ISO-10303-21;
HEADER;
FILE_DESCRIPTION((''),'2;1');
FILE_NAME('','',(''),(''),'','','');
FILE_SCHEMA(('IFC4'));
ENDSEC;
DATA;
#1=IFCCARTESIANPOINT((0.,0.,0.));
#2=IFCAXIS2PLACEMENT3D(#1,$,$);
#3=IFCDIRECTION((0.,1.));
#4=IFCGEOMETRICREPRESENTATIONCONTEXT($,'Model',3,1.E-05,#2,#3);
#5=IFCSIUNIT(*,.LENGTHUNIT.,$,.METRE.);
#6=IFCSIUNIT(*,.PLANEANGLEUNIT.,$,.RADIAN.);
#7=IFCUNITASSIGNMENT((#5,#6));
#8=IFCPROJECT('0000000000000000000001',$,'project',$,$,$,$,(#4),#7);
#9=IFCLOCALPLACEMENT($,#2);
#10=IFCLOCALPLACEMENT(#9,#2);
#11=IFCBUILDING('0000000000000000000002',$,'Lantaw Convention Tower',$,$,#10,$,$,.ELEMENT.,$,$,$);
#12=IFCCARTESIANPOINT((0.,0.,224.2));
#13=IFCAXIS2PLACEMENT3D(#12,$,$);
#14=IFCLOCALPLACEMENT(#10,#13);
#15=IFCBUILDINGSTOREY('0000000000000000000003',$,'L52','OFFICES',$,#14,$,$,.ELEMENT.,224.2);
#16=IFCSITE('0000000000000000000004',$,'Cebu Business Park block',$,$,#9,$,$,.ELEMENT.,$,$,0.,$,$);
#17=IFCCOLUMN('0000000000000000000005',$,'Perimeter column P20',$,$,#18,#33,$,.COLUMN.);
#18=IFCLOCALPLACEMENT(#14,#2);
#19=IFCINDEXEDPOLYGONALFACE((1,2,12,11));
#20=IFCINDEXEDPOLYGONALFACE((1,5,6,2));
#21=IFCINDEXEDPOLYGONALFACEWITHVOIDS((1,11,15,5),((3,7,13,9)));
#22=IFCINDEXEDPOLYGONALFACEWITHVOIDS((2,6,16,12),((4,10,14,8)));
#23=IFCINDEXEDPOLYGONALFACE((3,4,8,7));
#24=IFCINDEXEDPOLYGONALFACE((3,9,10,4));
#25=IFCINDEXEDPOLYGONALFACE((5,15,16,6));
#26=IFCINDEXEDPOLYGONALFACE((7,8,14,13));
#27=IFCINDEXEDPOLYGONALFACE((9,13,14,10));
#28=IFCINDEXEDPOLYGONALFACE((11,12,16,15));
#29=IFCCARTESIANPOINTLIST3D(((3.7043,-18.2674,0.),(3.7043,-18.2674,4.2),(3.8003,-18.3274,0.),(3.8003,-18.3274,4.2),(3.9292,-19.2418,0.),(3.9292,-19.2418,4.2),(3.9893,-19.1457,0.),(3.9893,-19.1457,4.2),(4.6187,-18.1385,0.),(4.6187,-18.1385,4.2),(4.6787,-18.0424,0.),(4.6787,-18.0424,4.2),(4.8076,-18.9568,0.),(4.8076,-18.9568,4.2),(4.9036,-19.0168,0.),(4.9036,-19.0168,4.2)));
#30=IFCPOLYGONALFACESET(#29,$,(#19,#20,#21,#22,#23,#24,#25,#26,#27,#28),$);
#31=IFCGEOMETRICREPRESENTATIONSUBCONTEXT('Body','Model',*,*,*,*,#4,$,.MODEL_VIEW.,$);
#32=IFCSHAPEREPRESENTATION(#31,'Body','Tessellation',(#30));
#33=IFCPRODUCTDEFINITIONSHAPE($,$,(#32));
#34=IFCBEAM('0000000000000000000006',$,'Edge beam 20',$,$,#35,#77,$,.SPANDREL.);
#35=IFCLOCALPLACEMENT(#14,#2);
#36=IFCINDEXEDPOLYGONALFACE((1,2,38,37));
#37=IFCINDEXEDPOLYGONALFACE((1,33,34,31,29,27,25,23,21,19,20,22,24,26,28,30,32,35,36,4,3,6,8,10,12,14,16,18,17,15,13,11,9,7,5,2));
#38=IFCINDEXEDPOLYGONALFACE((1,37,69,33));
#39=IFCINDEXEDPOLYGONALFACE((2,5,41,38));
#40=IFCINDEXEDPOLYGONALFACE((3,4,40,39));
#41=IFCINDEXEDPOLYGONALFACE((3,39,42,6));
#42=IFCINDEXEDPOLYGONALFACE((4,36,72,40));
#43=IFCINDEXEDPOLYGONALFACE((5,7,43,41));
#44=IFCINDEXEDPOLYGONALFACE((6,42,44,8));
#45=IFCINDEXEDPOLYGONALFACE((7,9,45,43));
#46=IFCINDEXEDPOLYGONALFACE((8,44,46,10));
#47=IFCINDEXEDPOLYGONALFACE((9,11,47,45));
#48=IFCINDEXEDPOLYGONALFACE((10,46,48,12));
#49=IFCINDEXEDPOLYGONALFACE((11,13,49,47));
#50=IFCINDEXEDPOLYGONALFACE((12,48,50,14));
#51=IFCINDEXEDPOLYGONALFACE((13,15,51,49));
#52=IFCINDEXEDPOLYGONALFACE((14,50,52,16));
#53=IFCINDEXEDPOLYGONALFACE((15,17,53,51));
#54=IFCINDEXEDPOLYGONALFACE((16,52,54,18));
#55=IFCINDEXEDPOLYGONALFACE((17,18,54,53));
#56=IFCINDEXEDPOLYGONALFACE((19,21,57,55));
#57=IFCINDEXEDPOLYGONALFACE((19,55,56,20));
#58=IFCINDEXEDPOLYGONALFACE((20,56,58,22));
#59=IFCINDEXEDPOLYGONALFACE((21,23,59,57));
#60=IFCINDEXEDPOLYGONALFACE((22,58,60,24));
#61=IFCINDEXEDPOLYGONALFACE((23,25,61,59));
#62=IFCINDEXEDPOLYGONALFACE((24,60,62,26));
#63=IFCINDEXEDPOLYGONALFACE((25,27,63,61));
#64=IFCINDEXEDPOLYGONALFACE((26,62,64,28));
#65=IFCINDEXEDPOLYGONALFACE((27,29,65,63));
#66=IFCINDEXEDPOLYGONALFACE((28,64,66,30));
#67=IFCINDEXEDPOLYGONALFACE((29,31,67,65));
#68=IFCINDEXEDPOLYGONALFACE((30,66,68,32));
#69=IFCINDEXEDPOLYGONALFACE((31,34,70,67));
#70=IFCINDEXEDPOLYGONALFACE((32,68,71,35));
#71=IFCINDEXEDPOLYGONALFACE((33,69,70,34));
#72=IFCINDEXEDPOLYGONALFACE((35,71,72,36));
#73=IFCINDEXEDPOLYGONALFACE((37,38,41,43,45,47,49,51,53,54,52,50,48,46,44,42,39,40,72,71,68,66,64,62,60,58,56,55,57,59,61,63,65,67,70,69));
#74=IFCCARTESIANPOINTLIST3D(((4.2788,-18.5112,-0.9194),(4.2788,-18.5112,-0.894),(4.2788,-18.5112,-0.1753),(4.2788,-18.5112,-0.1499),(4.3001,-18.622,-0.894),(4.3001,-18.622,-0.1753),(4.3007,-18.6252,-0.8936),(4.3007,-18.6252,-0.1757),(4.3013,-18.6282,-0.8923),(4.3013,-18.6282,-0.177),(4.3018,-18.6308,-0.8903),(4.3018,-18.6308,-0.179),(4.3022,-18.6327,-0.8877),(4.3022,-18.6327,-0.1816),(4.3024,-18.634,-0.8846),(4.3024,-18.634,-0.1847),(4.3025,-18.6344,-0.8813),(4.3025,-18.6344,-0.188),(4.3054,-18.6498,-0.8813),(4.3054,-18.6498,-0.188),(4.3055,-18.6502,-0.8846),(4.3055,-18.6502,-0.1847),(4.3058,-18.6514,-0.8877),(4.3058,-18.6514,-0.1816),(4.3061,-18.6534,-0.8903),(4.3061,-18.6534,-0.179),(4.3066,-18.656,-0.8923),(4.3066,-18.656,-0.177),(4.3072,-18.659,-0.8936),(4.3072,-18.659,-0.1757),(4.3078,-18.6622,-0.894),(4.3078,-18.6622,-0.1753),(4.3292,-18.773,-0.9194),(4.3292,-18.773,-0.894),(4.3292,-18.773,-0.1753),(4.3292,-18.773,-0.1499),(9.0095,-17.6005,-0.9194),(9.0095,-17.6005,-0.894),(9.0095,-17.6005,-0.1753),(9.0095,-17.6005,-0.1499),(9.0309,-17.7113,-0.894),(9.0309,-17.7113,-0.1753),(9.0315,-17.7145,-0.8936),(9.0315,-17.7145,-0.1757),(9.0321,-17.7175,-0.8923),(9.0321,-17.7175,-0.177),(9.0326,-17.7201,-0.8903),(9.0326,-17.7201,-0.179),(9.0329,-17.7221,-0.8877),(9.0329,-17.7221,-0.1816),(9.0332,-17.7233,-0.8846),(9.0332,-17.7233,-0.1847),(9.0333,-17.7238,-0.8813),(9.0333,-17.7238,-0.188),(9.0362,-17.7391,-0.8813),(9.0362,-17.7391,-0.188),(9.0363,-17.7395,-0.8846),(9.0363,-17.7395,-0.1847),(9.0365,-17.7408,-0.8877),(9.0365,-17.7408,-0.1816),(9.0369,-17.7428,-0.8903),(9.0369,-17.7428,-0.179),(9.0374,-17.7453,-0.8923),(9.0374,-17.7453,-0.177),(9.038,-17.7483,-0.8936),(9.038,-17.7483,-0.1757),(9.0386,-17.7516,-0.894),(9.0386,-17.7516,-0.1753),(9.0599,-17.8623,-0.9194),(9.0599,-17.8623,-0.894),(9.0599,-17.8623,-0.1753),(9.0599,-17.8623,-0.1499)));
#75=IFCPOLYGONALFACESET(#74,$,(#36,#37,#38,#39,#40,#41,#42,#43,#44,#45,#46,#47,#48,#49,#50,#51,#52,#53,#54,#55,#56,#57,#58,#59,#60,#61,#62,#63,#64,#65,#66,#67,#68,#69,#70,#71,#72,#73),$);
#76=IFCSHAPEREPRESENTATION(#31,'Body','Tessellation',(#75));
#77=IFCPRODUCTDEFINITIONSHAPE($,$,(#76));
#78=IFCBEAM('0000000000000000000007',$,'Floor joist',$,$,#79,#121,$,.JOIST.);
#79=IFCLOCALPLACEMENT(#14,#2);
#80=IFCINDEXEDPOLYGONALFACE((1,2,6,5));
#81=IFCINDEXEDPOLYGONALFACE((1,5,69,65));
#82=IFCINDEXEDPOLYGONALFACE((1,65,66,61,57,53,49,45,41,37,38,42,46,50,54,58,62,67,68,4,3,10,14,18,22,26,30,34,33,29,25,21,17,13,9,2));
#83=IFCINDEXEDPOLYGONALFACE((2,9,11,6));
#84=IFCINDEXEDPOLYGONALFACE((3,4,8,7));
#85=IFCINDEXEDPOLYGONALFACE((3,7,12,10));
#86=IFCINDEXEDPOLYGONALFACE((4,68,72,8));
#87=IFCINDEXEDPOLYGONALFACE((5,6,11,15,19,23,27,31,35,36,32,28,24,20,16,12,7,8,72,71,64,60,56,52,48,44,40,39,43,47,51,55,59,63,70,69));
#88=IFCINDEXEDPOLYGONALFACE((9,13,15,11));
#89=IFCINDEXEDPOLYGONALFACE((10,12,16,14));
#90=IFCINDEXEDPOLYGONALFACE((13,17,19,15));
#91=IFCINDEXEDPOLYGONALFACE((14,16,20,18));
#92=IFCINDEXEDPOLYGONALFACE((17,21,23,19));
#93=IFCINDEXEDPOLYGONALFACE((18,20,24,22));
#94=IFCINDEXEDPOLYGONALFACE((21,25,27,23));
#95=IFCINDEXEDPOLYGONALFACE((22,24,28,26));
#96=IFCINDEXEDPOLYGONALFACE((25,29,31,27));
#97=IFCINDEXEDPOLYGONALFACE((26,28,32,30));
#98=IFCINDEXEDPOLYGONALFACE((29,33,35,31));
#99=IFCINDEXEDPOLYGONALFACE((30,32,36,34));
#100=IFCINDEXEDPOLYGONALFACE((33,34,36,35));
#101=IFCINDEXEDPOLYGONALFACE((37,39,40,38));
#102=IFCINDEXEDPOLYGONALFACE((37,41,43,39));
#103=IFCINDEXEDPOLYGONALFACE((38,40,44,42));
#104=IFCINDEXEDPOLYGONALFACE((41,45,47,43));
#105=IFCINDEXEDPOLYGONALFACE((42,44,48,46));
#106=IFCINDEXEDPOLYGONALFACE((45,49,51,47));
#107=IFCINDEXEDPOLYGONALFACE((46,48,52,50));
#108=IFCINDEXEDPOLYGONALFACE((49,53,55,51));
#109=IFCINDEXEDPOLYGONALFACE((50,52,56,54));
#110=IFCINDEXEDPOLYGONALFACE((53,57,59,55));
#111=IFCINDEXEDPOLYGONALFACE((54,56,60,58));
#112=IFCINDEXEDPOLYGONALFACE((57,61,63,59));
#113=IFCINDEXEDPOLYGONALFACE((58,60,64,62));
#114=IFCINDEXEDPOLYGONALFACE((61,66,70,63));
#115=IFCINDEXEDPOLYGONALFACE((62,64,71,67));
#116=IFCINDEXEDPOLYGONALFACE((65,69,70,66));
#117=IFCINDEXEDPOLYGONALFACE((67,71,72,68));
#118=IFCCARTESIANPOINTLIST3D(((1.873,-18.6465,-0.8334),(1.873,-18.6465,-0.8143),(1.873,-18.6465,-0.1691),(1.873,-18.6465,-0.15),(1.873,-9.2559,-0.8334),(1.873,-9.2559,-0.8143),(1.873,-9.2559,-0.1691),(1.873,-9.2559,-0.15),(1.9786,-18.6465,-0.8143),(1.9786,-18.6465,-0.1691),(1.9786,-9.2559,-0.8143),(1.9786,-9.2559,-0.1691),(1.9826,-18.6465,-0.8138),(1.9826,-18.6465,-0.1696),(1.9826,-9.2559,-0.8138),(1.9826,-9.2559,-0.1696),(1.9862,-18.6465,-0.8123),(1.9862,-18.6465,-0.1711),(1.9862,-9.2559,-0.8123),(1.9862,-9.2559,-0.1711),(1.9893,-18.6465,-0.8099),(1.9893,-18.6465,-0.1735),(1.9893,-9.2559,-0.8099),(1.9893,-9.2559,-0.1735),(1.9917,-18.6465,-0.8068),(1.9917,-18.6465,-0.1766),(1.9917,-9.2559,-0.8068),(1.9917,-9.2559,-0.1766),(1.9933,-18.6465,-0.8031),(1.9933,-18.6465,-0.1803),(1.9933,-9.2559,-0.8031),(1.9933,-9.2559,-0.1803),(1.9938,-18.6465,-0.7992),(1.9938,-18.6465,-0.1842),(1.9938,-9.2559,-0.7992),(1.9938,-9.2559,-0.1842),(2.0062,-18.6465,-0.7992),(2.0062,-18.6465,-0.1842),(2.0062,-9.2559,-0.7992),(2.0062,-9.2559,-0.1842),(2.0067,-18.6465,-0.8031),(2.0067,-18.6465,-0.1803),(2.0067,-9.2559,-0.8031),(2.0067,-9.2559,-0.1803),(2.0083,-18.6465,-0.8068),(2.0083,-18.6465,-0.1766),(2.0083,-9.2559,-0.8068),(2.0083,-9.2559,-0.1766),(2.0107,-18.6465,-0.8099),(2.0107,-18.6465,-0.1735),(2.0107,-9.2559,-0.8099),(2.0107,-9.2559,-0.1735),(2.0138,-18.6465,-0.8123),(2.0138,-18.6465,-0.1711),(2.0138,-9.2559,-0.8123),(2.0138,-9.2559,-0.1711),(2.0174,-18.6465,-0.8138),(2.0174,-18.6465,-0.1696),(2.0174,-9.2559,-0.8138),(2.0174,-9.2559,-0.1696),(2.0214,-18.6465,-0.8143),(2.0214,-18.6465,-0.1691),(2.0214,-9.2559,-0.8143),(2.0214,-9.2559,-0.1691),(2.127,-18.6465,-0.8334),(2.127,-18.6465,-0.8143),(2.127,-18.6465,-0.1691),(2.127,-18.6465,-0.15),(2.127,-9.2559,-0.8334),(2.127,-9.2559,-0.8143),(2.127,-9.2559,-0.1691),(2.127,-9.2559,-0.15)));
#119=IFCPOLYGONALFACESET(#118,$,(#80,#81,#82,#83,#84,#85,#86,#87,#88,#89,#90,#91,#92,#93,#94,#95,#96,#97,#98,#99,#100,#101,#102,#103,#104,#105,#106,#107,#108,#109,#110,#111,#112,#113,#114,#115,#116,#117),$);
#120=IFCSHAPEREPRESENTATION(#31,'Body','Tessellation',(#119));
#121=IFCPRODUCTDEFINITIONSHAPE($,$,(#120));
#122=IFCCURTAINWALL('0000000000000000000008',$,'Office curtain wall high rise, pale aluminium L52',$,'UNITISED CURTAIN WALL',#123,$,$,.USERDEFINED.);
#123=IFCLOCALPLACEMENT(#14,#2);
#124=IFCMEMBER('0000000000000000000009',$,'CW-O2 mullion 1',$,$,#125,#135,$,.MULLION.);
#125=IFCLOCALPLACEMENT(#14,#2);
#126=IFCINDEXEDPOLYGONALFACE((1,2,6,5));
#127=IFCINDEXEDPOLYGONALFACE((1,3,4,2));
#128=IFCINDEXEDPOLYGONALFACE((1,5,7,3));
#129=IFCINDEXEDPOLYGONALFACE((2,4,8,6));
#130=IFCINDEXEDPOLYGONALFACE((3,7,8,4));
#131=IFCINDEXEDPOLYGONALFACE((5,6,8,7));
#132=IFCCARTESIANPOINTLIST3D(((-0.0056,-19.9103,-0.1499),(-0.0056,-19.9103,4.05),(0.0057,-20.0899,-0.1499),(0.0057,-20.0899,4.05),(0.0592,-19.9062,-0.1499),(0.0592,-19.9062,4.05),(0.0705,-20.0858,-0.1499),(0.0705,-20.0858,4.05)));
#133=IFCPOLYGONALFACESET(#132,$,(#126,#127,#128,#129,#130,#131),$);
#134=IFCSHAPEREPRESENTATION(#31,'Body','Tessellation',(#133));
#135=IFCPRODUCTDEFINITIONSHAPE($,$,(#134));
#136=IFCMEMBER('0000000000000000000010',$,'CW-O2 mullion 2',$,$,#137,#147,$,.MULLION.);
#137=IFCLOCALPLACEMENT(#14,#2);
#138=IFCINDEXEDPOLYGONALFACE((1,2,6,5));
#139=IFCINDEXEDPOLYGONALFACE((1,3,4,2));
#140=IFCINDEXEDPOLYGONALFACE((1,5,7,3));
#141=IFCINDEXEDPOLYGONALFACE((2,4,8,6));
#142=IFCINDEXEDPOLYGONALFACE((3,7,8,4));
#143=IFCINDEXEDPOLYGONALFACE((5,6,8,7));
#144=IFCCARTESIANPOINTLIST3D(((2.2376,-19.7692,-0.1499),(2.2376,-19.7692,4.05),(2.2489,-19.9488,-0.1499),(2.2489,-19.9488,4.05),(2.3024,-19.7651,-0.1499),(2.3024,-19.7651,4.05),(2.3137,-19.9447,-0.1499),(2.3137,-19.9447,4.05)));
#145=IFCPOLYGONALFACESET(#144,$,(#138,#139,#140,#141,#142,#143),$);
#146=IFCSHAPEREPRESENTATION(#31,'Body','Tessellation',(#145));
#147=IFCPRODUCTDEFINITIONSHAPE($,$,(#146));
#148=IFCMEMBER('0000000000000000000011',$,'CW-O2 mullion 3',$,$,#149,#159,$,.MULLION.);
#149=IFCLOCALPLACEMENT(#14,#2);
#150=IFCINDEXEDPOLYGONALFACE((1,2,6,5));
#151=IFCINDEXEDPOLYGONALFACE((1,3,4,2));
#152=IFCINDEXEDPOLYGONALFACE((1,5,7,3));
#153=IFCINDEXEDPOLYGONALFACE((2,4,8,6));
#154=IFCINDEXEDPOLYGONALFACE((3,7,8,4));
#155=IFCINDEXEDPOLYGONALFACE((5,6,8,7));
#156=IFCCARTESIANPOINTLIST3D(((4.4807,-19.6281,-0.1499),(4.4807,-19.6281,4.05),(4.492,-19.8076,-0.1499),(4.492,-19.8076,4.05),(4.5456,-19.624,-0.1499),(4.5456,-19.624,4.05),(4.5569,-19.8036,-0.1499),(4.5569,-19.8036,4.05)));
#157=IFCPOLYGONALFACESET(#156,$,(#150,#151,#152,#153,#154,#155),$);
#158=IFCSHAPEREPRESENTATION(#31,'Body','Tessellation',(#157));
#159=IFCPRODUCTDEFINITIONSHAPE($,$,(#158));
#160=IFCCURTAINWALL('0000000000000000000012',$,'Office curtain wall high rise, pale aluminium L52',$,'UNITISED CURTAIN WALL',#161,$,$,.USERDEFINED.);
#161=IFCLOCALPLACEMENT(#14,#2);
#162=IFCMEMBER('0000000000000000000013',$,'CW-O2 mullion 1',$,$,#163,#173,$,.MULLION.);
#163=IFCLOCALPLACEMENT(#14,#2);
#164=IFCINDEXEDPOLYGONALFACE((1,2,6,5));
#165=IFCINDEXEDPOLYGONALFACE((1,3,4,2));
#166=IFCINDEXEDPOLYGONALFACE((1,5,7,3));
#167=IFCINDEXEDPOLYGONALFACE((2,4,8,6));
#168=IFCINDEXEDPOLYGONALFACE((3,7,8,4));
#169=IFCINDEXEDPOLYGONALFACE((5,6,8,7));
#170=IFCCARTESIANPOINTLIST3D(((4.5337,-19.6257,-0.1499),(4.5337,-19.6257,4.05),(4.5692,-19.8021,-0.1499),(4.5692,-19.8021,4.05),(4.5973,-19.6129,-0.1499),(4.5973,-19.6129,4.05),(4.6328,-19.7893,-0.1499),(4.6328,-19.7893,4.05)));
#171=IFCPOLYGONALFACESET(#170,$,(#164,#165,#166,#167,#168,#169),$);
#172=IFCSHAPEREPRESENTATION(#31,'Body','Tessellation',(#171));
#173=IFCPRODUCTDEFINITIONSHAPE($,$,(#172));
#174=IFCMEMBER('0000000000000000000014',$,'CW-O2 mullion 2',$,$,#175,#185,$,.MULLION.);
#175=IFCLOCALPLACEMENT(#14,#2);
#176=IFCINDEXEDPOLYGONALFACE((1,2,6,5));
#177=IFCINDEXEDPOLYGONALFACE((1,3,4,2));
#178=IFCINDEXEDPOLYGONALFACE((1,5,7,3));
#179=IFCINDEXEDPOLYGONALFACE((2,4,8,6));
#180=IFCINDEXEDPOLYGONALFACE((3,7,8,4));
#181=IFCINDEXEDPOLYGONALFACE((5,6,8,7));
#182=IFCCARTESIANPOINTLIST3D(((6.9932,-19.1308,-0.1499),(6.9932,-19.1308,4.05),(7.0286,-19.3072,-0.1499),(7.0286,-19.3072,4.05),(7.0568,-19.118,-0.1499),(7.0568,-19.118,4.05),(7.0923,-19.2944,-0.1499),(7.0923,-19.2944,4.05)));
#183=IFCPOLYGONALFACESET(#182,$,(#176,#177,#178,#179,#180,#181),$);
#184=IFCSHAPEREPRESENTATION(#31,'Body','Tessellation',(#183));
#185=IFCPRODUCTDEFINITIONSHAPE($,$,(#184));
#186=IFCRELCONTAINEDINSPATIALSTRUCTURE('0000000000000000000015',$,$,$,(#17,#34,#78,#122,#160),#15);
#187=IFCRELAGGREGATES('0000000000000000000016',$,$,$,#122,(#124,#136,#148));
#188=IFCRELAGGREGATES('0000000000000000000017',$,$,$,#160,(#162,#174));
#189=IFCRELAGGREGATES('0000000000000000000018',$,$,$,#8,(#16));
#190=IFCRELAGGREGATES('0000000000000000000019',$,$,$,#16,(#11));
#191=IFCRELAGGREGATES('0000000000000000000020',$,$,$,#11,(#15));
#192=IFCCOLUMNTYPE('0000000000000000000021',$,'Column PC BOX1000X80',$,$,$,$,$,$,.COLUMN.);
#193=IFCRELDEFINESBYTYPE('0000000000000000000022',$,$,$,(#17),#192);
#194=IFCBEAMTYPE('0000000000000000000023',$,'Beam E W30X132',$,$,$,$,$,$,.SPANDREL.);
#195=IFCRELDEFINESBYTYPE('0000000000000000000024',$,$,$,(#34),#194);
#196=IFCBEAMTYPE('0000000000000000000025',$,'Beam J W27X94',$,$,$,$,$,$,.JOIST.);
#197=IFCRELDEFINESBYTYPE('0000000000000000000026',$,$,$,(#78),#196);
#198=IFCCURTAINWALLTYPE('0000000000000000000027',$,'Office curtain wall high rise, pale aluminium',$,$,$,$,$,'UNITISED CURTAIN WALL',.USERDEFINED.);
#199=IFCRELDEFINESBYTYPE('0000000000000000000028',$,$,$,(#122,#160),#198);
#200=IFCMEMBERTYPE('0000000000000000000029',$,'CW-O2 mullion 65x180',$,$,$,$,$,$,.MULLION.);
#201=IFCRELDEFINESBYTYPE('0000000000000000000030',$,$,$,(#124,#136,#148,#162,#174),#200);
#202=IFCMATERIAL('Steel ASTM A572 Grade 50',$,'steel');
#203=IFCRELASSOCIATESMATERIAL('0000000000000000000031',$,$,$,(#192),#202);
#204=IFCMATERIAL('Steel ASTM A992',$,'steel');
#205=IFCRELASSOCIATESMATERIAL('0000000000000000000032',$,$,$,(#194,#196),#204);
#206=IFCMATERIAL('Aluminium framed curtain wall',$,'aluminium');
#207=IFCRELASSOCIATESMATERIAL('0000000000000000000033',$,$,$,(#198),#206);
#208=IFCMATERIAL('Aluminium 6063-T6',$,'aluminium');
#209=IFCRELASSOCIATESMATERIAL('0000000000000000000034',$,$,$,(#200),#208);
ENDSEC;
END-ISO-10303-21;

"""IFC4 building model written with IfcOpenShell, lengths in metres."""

from ifc_helpers import new_model, si_unit, direction, frame, origin, origin_2d, place, context, subcontext, project, spatial, rectangle, hollow_rectangle, i_section, extrude, material, material_profile, profile_set, type_object, element, aggregate, save


model = new_model("IFC4")

# Units and contexts
model_context = context("Model", 3, precision=1e-05, world=origin(), true_north=direction((0.0, 1.0)))
body_context = subcontext(model_context, "Body", "Model", "MODEL_VIEW")
ifc_project = project(units=[si_unit("LENGTHUNIT", "METRE"), si_unit("PLANEANGLEUNIT", "RADIAN")], contexts=[model_context])

# Site, building, storey
site_placement = place(None, origin())
site = spatial("IfcSite", under=ifc_project, at=site_placement, Name="Cebu Business Park block", CompositionType="ELEMENT", RefElevation=0.0)
building_placement = place(site_placement, origin())
building = spatial("IfcBuilding", under=site, at=building_placement, Name="Lantaw Convention Tower", CompositionType="ELEMENT")
storey_placement = place(building_placement, frame((0.0, 0.0, 224.2)))
storey = spatial("IfcBuildingStorey", under=building, at=storey_placement, Name="L52", Description="OFFICES", CompositionType="ELEMENT", Elevation=224.2)

# Column
ifc_material_1 = material(Name="Steel ASTM A572 Grade 50", Category="steel")
ifc_material_profile_1 = material_profile(ifc_material_1, hollow_rectangle(XDim=1.0, YDim=1.0, WallThickness=0.0801, at=origin_2d()), Name="BOX1000X80")
ifc_material_2 = material(Name="Concrete C60/75", Category="concrete")
ifc_material_profile_2 = material_profile(ifc_material_2, rectangle(XDim=0.8401, YDim=0.8401, at=origin_2d()), Name="Concrete fill of BOX1000X80")
ifc_profile_set_1 = profile_set([ifc_material_profile_1, ifc_material_profile_2], Name="Steel ASTM A572 Grade 50")
column_type = type_object("IfcColumnType", Name="Column PC BOX1000X80", PredefinedType="COLUMN", material=ifc_profile_set_1)
column_placement = place(storey_placement, frame((4.304, -18.6421, 0.0), z_axis=(0.0, 0.0, 1.0), x_axis=(0.97437, 0.224951, 0.0)))
element("IfcColumn", 1, at=column_placement, inside=storey, type_object=column_type, Name="Perimeter column P20", PredefinedType="COLUMN", context=body_context, shape_type="SweptSolid", body=[
    extrude(hollow_rectangle(XDim=1.0, YDim=1.0, WallThickness=0.0801, at=origin_2d()), origin(), (0.0, 0.0, 1.0), 4.2),
])

# Beams
ifc_material_3 = material(Name="Steel ASTM A992", Category="steel")
ifc_material_profile_3 = material_profile(ifc_material_3, i_section(OverallWidth=0.2666, OverallDepth=0.7695, WebThickness=0.0156, FlangeThickness=0.0254, FilletRadius=0.0127, at=origin_2d()), Name="W30X132")
ifc_profile_set_2 = profile_set([ifc_material_profile_3], Name="Steel ASTM A992")
beam_type_1 = type_object("IfcBeamType", Name="Beam E W30X132", PredefinedType="SPANDREL", material=ifc_profile_set_2)
beam_1_placement = place(storey_placement, frame((4.304, -18.6421, -0.5347), z_axis=(0.981972, 0.189026, 0.0), x_axis=(-0.189026, 0.981972, 0.0)))
element("IfcBeam", 2, at=beam_1_placement, inside=storey, type_object=beam_type_1, Name="Edge beam 20", PredefinedType="SPANDREL", context=body_context, shape_type="SweptSolid", body=[
    extrude(i_section(OverallWidth=0.2666, OverallDepth=0.7695, WebThickness=0.0156, FlangeThickness=0.0254, FilletRadius=0.0127, at=origin_2d()), origin(), (0.0, 0.0, 1.0), 4.8176),
])
ifc_material_profile_4 = material_profile(ifc_material_3, i_section(OverallWidth=0.2539, OverallDepth=0.6833, WebThickness=0.0125, FlangeThickness=0.019, FilletRadius=0.0151, at=origin_2d()), Name="W27X94")
ifc_profile_set_3 = profile_set([ifc_material_profile_4], Name="Steel ASTM A992")
beam_type_2 = type_object("IfcBeamType", Name="Beam J W27X94", PredefinedType="JOIST", material=ifc_profile_set_3)
beam_2_placement = place(storey_placement, frame((2.0, -18.6465, -0.4917), z_axis=(0.0, 1.0, 0.0), x_axis=(-1.0, 0.0, 0.0)))
element("IfcBeam", 3, at=beam_2_placement, inside=storey, type_object=beam_type_2, Name="Floor joist", PredefinedType="JOIST", context=body_context, shape_type="SweptSolid", body=[
    extrude(i_section(OverallWidth=0.2539, OverallDepth=0.6833, WebThickness=0.0125, FlangeThickness=0.019, FilletRadius=0.0151, at=origin_2d()), origin(), (0.0, 0.0, 1.0), 9.3906),
])

# Curtain walls, members
ifc_material_4 = material(Name="Aluminium framed curtain wall", Category="aluminium")
curtain_wall_type = type_object("IfcCurtainWallType", Name="Office curtain wall high rise, pale aluminium", ElementType="UNITISED CURTAIN WALL", PredefinedType="USERDEFINED", material=ifc_material_4)
curtain_wall_1_placement = place(storey_placement, origin())
curtain_wall_1 = element("IfcCurtainWall", 4, at=curtain_wall_1_placement, inside=storey, type_object=curtain_wall_type, Name="Office curtain wall high rise, pale aluminium L52", ObjectType="UNITISED CURTAIN WALL", PredefinedType="USERDEFINED")
ifc_material_5 = material(Name="Aluminium 6063-T6", Category="aluminium")
ifc_material_profile_5 = material_profile(ifc_material_5, rectangle(XDim=0.1799, YDim=0.0649, at=origin_2d()), Name="CW-O2 mullion 65x180")
ifc_profile_set_4 = profile_set([ifc_material_profile_5], Name="Aluminium 6063-T6")
member_type_1 = type_object("IfcMemberType", Name="CW-O2 mullion 65x180", PredefinedType="MULLION", material=ifc_profile_set_4)
member_1_placement = place(storey_placement, frame((0.0325, -19.998, -0.1499), z_axis=(0.0, 0.0, 1.0), x_axis=(-0.062758, 0.998029, 0.0)))
member_1 = element("IfcMember", 5, at=member_1_placement, type_object=member_type_1, Name="CW-O2 mullion 1", PredefinedType="MULLION", context=body_context, shape_type="SweptSolid", body=[
    extrude(rectangle(XDim=0.1799, YDim=0.0649, at=origin_2d()), origin(), (0.0, 0.0, 1.0), 4.2),
])
member_2_placement = place(storey_placement, frame((2.2756, -19.8569, -0.1499), z_axis=(0.0, 0.0, 1.0), x_axis=(-0.062758, 0.998029, 0.0)))
member_2 = element("IfcMember", 6, at=member_2_placement, type_object=member_type_1, Name="CW-O2 mullion 2", PredefinedType="MULLION", context=body_context, shape_type="SweptSolid", body=[
    extrude(rectangle(XDim=0.1799, YDim=0.0649, at=origin_2d()), origin(), (0.0, 0.0, 1.0), 4.2),
])
member_3_placement = place(storey_placement, frame((4.5188, -19.7158, -0.1499), z_axis=(0.0, 0.0, 1.0), x_axis=(-0.062758, 0.998029, 0.0)))
member_3 = element("IfcMember", 7, at=member_3_placement, type_object=member_type_1, Name="CW-O2 mullion 3", PredefinedType="MULLION", context=body_context, shape_type="SweptSolid", body=[
    extrude(rectangle(XDim=0.1799, YDim=0.0649, at=origin_2d()), origin(), (0.0, 0.0, 1.0), 4.2),
])
curtain_wall_2_placement = place(storey_placement, origin())
curtain_wall_2 = element("IfcCurtainWall", 8, at=curtain_wall_2_placement, inside=storey, type_object=curtain_wall_type, Name="Office curtain wall high rise, pale aluminium L52", ObjectType="UNITISED CURTAIN WALL", PredefinedType="USERDEFINED")
member_4_placement = place(storey_placement, frame((4.5833, -19.7075, -0.1499), z_axis=(0.0, 0.0, 1.0), x_axis=(-0.197183, 0.980367, 0.0)))
member_4 = element("IfcMember", 9, at=member_4_placement, type_object=member_type_1, Name="CW-O2 mullion 1", PredefinedType="MULLION", context=body_context, shape_type="SweptSolid", body=[
    extrude(rectangle(XDim=0.1799, YDim=0.0649, at=origin_2d()), origin(), (0.0, 0.0, 1.0), 4.2),
])
member_5_placement = place(storey_placement, frame((7.0427, -19.2126, -0.1499), z_axis=(0.0, 0.0, 1.0), x_axis=(-0.197183, 0.980367, 0.0)))
member_5 = element("IfcMember", 10, at=member_5_placement, type_object=member_type_1, Name="CW-O2 mullion 2", PredefinedType="MULLION", context=body_context, shape_type="SweptSolid", body=[
    extrude(rectangle(XDim=0.1799, YDim=0.0649, at=origin_2d()), origin(), (0.0, 0.0, 1.0), 4.2),
])

aggregate(curtain_wall_1, [member_1, member_2, member_3])
aggregate(curtain_wall_2, [member_4, member_5])

save(model, "model.ifc")
